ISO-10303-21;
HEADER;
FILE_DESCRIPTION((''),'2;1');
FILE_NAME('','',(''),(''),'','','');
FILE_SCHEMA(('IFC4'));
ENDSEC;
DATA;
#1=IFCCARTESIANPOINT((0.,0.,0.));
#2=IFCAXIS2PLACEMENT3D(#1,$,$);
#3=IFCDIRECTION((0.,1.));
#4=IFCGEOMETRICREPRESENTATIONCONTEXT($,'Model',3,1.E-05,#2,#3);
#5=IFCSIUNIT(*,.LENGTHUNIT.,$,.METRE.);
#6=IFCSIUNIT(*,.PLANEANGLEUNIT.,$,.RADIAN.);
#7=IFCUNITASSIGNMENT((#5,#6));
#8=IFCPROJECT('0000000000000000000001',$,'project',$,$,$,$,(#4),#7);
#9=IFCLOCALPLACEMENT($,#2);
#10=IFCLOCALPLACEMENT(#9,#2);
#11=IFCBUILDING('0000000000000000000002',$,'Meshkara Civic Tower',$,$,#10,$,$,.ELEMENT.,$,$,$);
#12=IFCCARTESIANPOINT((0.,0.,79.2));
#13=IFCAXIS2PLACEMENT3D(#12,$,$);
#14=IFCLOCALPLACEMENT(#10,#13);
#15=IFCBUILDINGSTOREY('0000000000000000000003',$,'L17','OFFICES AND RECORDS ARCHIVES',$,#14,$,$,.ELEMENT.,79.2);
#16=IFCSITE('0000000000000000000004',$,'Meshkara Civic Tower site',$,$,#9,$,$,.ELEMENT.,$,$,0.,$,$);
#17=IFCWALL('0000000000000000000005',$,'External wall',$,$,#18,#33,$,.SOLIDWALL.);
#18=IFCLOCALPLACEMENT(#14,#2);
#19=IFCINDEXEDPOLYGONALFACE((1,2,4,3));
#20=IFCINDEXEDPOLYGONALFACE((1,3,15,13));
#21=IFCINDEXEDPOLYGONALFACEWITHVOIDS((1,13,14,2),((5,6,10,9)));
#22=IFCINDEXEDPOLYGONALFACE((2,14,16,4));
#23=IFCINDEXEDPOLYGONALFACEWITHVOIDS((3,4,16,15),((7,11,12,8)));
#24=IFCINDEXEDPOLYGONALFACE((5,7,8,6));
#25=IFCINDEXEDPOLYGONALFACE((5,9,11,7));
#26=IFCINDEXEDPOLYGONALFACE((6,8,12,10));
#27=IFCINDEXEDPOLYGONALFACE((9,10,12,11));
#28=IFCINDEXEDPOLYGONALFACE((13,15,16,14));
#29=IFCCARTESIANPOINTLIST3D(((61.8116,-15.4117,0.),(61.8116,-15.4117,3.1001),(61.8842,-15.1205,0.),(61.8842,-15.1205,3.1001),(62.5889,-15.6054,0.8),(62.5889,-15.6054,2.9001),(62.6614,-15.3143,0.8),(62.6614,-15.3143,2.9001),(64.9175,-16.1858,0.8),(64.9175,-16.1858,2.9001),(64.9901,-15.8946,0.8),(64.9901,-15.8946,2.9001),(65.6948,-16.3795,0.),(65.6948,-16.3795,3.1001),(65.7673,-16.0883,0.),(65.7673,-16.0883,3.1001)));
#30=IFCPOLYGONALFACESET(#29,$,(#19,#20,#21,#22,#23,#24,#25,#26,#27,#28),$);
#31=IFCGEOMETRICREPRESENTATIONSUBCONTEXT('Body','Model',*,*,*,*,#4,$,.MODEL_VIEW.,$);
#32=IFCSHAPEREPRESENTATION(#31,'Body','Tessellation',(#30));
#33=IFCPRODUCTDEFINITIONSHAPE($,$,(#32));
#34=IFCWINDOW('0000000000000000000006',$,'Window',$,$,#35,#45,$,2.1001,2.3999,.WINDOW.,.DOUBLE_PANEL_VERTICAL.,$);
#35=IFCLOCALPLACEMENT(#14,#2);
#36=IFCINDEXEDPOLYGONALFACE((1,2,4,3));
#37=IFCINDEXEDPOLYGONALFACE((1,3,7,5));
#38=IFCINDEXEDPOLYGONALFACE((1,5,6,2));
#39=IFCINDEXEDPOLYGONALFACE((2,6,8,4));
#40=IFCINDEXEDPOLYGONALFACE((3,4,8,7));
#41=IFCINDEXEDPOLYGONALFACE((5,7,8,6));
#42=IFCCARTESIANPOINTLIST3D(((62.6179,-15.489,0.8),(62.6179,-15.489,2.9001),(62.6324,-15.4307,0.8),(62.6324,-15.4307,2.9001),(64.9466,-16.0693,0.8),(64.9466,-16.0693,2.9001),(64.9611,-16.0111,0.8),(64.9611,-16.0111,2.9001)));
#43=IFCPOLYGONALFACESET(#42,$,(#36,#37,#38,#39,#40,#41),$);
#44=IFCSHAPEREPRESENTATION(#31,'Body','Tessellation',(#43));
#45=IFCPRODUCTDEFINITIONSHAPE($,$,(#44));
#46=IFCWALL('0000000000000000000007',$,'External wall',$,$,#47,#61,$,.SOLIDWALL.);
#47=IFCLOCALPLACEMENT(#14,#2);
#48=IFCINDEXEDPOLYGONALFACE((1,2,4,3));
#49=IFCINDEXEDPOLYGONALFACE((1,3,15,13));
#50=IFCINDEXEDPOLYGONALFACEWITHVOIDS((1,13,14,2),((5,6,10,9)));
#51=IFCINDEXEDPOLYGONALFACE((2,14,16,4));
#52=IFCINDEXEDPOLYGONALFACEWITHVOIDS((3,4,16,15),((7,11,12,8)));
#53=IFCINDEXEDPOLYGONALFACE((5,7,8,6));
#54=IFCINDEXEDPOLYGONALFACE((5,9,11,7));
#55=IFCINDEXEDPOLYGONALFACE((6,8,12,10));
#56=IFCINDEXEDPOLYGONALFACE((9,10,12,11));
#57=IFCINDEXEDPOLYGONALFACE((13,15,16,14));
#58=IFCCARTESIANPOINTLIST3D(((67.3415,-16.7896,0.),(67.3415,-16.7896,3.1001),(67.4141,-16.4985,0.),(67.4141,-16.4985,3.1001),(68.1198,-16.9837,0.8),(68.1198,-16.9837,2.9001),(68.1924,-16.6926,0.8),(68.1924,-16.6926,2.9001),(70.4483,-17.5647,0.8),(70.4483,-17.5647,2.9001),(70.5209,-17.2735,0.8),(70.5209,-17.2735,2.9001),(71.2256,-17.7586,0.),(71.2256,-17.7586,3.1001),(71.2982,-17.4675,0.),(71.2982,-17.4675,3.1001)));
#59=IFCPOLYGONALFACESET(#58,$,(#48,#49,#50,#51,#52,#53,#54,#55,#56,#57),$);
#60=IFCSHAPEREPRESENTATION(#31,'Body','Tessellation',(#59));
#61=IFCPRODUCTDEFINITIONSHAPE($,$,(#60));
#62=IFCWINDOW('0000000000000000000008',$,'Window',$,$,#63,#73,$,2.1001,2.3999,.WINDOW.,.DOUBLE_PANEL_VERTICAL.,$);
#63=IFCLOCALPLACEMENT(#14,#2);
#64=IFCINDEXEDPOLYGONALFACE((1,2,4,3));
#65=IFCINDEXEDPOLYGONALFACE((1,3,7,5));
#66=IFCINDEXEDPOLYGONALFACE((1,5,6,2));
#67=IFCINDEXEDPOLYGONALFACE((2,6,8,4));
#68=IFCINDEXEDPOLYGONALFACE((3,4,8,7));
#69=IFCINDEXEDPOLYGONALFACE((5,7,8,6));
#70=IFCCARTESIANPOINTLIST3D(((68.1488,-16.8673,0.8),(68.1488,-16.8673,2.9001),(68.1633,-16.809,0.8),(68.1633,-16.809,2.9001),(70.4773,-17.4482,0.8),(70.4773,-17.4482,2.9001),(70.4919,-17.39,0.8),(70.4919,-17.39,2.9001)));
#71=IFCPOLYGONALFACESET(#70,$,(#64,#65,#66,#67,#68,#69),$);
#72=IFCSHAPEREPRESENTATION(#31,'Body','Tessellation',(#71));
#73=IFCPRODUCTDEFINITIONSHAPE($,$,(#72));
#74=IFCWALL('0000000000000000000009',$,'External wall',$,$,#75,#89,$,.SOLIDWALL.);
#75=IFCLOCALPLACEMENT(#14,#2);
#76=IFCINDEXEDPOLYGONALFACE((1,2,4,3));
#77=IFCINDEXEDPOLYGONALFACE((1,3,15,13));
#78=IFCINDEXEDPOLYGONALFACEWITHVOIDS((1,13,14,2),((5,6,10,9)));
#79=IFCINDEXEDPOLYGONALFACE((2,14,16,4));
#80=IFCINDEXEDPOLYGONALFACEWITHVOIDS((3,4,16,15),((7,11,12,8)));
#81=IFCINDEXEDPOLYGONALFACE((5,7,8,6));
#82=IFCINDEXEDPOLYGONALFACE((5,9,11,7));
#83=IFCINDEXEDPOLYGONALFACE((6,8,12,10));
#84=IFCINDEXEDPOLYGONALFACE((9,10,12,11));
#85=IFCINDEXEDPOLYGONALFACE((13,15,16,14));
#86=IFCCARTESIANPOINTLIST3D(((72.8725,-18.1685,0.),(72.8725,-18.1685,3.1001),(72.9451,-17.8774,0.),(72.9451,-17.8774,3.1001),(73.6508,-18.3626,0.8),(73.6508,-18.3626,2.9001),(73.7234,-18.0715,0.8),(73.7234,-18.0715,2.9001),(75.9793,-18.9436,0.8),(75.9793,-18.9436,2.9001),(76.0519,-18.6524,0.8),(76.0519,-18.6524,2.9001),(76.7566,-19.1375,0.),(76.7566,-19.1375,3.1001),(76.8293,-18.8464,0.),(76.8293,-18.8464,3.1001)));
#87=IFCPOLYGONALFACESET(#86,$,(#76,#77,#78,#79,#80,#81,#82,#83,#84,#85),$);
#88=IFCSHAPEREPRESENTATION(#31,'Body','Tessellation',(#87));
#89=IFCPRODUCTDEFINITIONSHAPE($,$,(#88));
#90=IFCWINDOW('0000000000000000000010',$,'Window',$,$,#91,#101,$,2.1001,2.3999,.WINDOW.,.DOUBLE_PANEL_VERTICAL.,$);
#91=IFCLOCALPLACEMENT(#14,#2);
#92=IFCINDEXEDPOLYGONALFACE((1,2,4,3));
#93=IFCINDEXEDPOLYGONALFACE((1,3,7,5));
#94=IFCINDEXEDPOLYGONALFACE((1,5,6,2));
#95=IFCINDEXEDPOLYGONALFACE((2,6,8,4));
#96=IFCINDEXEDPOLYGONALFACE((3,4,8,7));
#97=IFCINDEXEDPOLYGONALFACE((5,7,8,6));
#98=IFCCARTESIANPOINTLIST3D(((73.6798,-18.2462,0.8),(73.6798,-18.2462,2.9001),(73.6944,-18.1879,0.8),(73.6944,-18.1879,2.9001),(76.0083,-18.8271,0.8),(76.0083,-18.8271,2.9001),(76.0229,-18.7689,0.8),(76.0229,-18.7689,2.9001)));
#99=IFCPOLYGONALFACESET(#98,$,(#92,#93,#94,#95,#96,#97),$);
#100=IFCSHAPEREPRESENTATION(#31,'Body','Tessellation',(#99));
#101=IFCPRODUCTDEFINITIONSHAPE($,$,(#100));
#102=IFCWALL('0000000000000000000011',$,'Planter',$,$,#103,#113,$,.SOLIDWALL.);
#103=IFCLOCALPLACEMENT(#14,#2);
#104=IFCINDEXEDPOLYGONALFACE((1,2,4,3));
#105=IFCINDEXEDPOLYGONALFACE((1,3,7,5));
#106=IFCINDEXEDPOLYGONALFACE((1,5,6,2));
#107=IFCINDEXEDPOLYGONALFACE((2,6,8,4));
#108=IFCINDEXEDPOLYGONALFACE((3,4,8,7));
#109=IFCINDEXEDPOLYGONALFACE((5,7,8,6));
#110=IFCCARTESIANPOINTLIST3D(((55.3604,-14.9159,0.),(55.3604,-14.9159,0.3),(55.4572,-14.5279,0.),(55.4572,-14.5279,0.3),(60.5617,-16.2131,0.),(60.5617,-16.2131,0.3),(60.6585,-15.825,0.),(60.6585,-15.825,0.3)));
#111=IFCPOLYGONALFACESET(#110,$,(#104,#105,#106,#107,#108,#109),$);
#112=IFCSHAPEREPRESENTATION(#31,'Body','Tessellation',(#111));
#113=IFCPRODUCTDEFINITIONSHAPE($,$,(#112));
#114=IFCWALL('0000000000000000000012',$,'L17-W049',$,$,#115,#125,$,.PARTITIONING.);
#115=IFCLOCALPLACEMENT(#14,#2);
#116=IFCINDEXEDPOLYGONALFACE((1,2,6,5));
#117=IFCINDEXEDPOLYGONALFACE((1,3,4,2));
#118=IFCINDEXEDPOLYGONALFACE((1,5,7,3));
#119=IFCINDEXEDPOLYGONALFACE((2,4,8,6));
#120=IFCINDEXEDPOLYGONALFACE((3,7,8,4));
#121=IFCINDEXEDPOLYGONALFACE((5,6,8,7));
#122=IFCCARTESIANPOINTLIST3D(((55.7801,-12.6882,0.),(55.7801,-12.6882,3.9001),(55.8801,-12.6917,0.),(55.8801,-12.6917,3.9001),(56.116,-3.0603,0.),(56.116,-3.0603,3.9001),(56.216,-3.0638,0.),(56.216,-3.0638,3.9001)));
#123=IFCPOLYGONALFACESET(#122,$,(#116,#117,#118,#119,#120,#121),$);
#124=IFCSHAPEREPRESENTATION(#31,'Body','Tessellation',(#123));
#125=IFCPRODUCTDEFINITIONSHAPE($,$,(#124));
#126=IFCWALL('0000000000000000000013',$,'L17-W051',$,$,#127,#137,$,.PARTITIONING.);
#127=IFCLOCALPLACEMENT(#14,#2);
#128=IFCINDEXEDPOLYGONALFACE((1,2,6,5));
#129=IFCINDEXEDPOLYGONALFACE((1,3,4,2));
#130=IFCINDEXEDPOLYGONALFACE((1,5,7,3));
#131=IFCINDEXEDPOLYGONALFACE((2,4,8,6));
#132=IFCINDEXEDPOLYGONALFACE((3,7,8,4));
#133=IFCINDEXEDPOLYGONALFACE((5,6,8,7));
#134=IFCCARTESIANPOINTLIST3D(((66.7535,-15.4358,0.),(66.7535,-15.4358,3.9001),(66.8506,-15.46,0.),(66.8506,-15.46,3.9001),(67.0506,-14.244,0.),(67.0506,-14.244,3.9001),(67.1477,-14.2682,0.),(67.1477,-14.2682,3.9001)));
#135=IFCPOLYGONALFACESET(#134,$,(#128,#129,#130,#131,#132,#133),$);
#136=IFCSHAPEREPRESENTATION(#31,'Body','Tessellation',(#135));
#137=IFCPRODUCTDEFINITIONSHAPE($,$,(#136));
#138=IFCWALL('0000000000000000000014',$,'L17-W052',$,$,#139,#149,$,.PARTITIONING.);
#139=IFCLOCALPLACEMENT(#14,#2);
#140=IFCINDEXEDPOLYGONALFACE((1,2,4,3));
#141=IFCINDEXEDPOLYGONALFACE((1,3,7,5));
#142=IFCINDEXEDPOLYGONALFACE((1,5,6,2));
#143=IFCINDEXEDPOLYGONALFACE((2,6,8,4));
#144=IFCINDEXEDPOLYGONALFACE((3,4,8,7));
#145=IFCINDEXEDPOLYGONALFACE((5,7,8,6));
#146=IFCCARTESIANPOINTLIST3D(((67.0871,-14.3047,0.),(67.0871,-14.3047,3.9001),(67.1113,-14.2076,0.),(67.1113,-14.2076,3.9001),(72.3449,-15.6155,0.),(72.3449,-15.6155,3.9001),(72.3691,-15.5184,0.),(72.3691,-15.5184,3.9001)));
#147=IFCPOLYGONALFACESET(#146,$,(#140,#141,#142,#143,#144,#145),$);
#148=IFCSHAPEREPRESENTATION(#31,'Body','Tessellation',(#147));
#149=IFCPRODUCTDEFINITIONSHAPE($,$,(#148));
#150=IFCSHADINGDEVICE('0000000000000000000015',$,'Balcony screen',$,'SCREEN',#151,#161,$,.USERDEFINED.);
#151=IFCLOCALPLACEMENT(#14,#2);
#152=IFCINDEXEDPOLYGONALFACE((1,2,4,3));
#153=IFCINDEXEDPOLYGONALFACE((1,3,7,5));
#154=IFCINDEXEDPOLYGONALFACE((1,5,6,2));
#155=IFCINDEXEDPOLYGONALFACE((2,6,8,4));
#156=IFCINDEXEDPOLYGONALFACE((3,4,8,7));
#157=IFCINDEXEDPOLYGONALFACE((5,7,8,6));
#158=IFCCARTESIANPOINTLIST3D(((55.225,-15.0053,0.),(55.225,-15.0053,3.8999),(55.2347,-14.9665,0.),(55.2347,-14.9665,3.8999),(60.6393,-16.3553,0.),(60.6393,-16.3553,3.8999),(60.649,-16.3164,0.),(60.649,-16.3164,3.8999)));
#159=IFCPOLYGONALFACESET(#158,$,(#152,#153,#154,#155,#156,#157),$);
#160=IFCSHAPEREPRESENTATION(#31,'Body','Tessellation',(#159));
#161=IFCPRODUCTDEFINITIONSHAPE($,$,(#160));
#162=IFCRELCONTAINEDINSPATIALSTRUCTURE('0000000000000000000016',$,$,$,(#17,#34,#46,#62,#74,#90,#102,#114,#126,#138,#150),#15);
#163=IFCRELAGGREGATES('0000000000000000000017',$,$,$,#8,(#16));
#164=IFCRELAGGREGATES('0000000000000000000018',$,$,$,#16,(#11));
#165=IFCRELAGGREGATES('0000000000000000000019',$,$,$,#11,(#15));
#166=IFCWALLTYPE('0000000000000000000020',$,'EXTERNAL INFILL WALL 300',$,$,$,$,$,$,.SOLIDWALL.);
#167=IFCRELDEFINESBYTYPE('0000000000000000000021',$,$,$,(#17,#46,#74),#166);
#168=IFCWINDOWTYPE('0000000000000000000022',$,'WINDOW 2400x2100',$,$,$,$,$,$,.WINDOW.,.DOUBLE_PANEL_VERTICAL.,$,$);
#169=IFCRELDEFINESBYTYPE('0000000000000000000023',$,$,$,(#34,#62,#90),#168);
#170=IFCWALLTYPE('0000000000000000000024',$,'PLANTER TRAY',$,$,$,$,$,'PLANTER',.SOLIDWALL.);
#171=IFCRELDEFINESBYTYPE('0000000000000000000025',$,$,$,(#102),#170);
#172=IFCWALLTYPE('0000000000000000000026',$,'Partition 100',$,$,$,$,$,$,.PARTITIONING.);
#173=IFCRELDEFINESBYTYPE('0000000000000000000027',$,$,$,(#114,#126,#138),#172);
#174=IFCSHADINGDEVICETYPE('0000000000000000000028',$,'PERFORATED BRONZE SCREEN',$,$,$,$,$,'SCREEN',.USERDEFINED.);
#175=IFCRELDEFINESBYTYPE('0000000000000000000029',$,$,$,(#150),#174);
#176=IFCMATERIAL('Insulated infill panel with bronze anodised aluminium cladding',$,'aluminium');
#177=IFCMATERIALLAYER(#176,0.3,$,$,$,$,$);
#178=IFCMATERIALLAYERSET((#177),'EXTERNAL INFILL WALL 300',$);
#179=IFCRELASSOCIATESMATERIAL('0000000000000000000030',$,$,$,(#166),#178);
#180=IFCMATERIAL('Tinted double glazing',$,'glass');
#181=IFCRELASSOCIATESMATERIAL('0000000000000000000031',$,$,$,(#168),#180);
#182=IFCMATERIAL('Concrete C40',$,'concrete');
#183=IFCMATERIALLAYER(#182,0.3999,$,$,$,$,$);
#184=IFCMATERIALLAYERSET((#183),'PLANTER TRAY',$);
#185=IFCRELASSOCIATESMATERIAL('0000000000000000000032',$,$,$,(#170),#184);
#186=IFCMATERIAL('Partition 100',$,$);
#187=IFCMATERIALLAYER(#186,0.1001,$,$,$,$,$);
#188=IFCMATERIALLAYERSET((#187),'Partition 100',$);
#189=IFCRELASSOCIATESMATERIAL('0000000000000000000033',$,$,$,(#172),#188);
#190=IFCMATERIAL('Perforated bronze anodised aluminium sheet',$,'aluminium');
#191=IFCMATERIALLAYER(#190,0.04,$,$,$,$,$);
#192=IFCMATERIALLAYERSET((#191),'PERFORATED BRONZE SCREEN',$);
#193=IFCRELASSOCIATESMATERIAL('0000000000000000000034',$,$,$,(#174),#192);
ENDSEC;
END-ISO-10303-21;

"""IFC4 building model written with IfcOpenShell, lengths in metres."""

from ifc_helpers import new_model, si_unit, direction, frame, frame_2d, origin, origin_2d, place, context, subcontext, project, spatial, rectangle, extrude, material, layer, layer_set, type_object, element, fill, save


model = new_model("IFC4")

# Units and contexts
model_context = context("Model", 3, precision=1e-05, world=origin(), true_north=direction((0.0, 1.0)))
body_context = subcontext(model_context, "Body", "Model", "MODEL_VIEW")
ifc_project = project(units=[si_unit("LENGTHUNIT", "METRE"), si_unit("PLANEANGLEUNIT", "RADIAN")], contexts=[model_context])

# Site, building, storey
site_placement = place(None, origin())
site = spatial("IfcSite", under=ifc_project, at=site_placement, Name="Meshkara Civic Tower site", CompositionType="ELEMENT", RefElevation=0.0)
building_placement = place(site_placement, origin())
building = spatial("IfcBuilding", under=site, at=building_placement, Name="Meshkara Civic Tower", CompositionType="ELEMENT")
storey_placement = place(building_placement, frame((0.0, 0.0, 79.2)))
storey = spatial("IfcBuildingStorey", under=building, at=storey_placement, Name="L17", Description="OFFICES AND RECORDS ARCHIVES", CompositionType="ELEMENT", Elevation=79.2)

# Walls, openings, windows
ifc_material_1 = material(Name="Insulated infill panel with bronze anodised aluminium cladding", Category="aluminium")
ifc_layer_1 = layer(ifc_material_1, 0.3)
ifc_layer_set_1 = layer_set([ifc_layer_1], Name="EXTERNAL INFILL WALL 300")
wall_type_1 = type_object("IfcWallType", Name="EXTERNAL INFILL WALL 300", PredefinedType="SOLIDWALL", material=ifc_layer_set_1)
wall_1_placement = place(storey_placement, frame((61.8479, -15.2661, 0.0), z_axis=(0.0, 0.0, 1.0), x_axis=(0.970318, -0.241832, 0.0)))
wall_1 = element("IfcWall", 1, at=wall_1_placement, inside=storey, type_object=wall_type_1, Name="External wall", PredefinedType="SOLIDWALL", context=body_context, shape_type="SweptSolid", body=[
    extrude(rectangle(XDim=4.002, YDim=0.3, at=frame_2d((2.001, 0.0))), origin(), (0.0, 0.0, 1.0), 3.1001),
])
opening_1_placement = place(wall_1_placement, frame((0.801, 0.0, 0.8)))
opening_1 = element("IfcOpeningElement", 2, at=opening_1_placement, cuts=wall_1, PredefinedType="OPENING", context=body_context, shape_type="SweptSolid", body=[
    extrude(rectangle(XDim=2.3999, YDim=2.1001, at=frame_2d((1.2, 1.05))), frame((0.0, 0.1599, 0.0), z_axis=(0.0, -1.0, 0.0), x_axis=(1.0, 0.0, 0.0)), (0.0, 0.0, 1.0), 0.3201),
])
ifc_material_2 = material(Name="Tinted double glazing", Category="glass")
window_type = type_object("IfcWindowType", Name="WINDOW 2400x2100", PartitioningType="DOUBLE_PANEL_VERTICAL", PredefinedType="WINDOW", material=ifc_material_2)
window_1_placement = place(opening_1_placement, origin())
window_1 = element("IfcWindow", 3, at=window_1_placement, inside=storey, type_object=window_type, Name="Window", OverallHeight=2.1001, OverallWidth=2.3999, PartitioningType="DOUBLE_PANEL_VERTICAL", PredefinedType="WINDOW", context=body_context, shape_type="SweptSolid", body=[
    extrude(rectangle(XDim=2.3999, YDim=2.1001, at=frame_2d((1.2, 1.05))), frame((0.0, 0.03, 0.0), z_axis=(0.0, -1.0, 0.0), x_axis=(1.0, 0.0, 0.0)), (0.0, 0.0, 1.0), 0.0601),
])
fill(opening_1, window_1)
wall_2_placement = place(storey_placement, frame((67.3779, -16.644, 0.0), z_axis=(0.0, 0.0, 1.0), x_axis=(0.970261, -0.242062, 0.0)))
wall_2 = element("IfcWall", 4, at=wall_2_placement, inside=storey, type_object=wall_type_1, Name="External wall", PredefinedType="SOLIDWALL", context=body_context, shape_type="SweptSolid", body=[
    extrude(rectangle(XDim=4.0032, YDim=0.3, at=frame_2d((2.0015, 0.0))), origin(), (0.0, 0.0, 1.0), 3.1001),
])
opening_2_placement = place(wall_2_placement, frame((0.802, 0.0, 0.8)))
opening_2 = element("IfcOpeningElement", 5, at=opening_2_placement, cuts=wall_2, PredefinedType="OPENING", context=body_context, shape_type="SweptSolid", body=[
    extrude(rectangle(XDim=2.3999, YDim=2.1001, at=frame_2d((1.2, 1.05))), frame((0.0, 0.1599, 0.0), z_axis=(0.0, -1.0, 0.0), x_axis=(1.0, 0.0, 0.0)), (0.0, 0.0, 1.0), 0.3201),
])
window_2_placement = place(opening_2_placement, origin())
window_2 = element("IfcWindow", 6, at=window_2_placement, inside=storey, type_object=window_type, Name="Window", OverallHeight=2.1001, OverallWidth=2.3999, PartitioningType="DOUBLE_PANEL_VERTICAL", PredefinedType="WINDOW", context=body_context, shape_type="SweptSolid", body=[
    extrude(rectangle(XDim=2.3999, YDim=2.1001, at=frame_2d((1.2, 1.05))), frame((0.0, 0.03, 0.0), z_axis=(0.0, -1.0, 0.0), x_axis=(1.0, 0.0, 0.0)), (0.0, 0.0, 1.0), 0.0601),
])
fill(opening_2, window_2)
wall_3_placement = place(storey_placement, frame((72.9089, -18.0229, 0.0), z_axis=(0.0, 0.0, 1.0), x_axis=(0.970261, -0.242062, 0.0)))
wall_3 = element("IfcWall", 7, at=wall_3_placement, inside=storey, type_object=wall_type_1, Name="External wall", PredefinedType="SOLIDWALL", context=body_context, shape_type="SweptSolid", body=[
    extrude(rectangle(XDim=4.0032, YDim=0.3, at=frame_2d((2.0015, 0.0))), origin(), (0.0, 0.0, 1.0), 3.1001),
])
opening_3_placement = place(wall_3_placement, frame((0.802, 0.0, 0.8)))
opening_3 = element("IfcOpeningElement", 8, at=opening_3_placement, cuts=wall_3, PredefinedType="OPENING", context=body_context, shape_type="SweptSolid", body=[
    extrude(rectangle(XDim=2.3999, YDim=2.1001, at=frame_2d((1.2, 1.05))), frame((0.0, 0.1599, 0.0), z_axis=(0.0, -1.0, 0.0), x_axis=(1.0, 0.0, 0.0)), (0.0, 0.0, 1.0), 0.3201),
])
window_3_placement = place(opening_3_placement, origin())
window_3 = element("IfcWindow", 9, at=window_3_placement, inside=storey, type_object=window_type, Name="Window", OverallHeight=2.1001, OverallWidth=2.3999, PartitioningType="DOUBLE_PANEL_VERTICAL", PredefinedType="WINDOW", context=body_context, shape_type="SweptSolid", body=[
    extrude(rectangle(XDim=2.3999, YDim=2.1001, at=frame_2d((1.2, 1.05))), frame((0.0, 0.03, 0.0), z_axis=(0.0, -1.0, 0.0), x_axis=(1.0, 0.0, 0.0)), (0.0, 0.0, 1.0), 0.0601),
])
fill(opening_3, window_3)

# Walls
ifc_material_3 = material(Name="Concrete C40", Category="concrete")
ifc_layer_2 = layer(ifc_material_3, 0.3999)
ifc_layer_set_2 = layer_set([ifc_layer_2], Name="PLANTER TRAY")
wall_type_2 = type_object("IfcWallType", Name="PLANTER TRAY", ElementType="PLANTER", PredefinedType="SOLIDWALL", material=ifc_layer_set_2)
wall_4_placement = place(storey_placement, frame((55.4089, -14.7219, 0.0), z_axis=(0.0, 0.0, 1.0), x_axis=(0.970282, -0.241978, 0.0)))
element("IfcWall", 10, at=wall_4_placement, inside=storey, type_object=wall_type_2, Name="Planter", PredefinedType="SOLIDWALL", context=body_context, shape_type="SweptSolid", body=[
    extrude(rectangle(XDim=5.3606, YDim=0.3999, at=frame_2d((2.6802, 0.0))), origin(), (0.0, 0.0, 1.0), 0.3),
])
ifc_material_4 = material(Name="Partition 100")
ifc_layer_3 = layer(ifc_material_4, 0.1001)
ifc_layer_set_3 = layer_set([ifc_layer_3], Name="Partition 100")
wall_type_3 = type_object("IfcWallType", Name="Partition 100", PredefinedType="PARTITIONING", material=ifc_layer_set_3)
wall_5_placement = place(storey_placement, frame((55.8301, -12.6899, 0.0), z_axis=(0.0, 0.0, 1.0), x_axis=(0.034871, 0.999392, 0.0)))
element("IfcWall", 11, at=wall_5_placement, inside=storey, type_object=wall_type_3, Name="L17-W049", PredefinedType="PARTITIONING", context=body_context, shape_type="SweptSolid", body=[
    extrude(rectangle(XDim=9.6338, YDim=0.1001, at=frame_2d((4.8169, 0.0))), origin(), (0.0, 0.0, 1.0), 3.9001),
])
wall_6_placement = place(storey_placement, frame((66.802, -15.448, 0.0), z_axis=(0.0, 0.0, 1.0), x_axis=(0.241881, 0.970306, 0.0)))
element("IfcWall", 12, at=wall_6_placement, inside=storey, type_object=wall_type_3, Name="L17-W051", PredefinedType="PARTITIONING", context=body_context, shape_type="SweptSolid", body=[
    extrude(rectangle(XDim=1.2283, YDim=0.1001, at=frame_2d((0.6143, 0.0))), origin(), (0.0, 0.0, 1.0), 3.9001),
])
wall_7_placement = place(storey_placement, frame((67.0991, -14.2561, 0.0), z_axis=(0.0, 0.0, 1.0), x_axis=(0.970301, -0.2419, 0.0)))
element("IfcWall", 13, at=wall_7_placement, inside=storey, type_object=wall_type_3, Name="L17-W052", PredefinedType="PARTITIONING", context=body_context, shape_type="SweptSolid", body=[
    extrude(rectangle(XDim=5.4187, YDim=0.1001, at=frame_2d((2.7095, 0.0))), origin(), (0.0, 0.0, 1.0), 3.9001),
])

# Shading device
ifc_material_5 = material(Name="Perforated bronze anodised aluminium sheet", Category="aluminium")
ifc_layer_4 = layer(ifc_material_5, 0.04)
ifc_layer_set_4 = layer_set([ifc_layer_4], Name="PERFORATED BRONZE SCREEN")
shading_device_type = type_object("IfcShadingDeviceType", Name="PERFORATED BRONZE SCREEN", ElementType="SCREEN", PredefinedType="USERDEFINED", material=ifc_layer_set_4)
shading_device_placement = place(storey_placement, frame((57.937, -15.6609, 0.0), z_axis=(0.0, 0.0, 1.0), x_axis=(0.970296, -0.241922, 0.0)))
element("IfcShadingDevice", 14, at=shading_device_placement, inside=storey, type_object=shading_device_type, Name="Balcony screen", ObjectType="SCREEN", PredefinedType="USERDEFINED", context=body_context, shape_type="SweptSolid", body=[
    extrude(rectangle(XDim=5.5801, YDim=0.04, at=origin_2d()), origin(), (0.0, 0.0, 1.0), 3.8999),
])

save(model, "model.ifc")
